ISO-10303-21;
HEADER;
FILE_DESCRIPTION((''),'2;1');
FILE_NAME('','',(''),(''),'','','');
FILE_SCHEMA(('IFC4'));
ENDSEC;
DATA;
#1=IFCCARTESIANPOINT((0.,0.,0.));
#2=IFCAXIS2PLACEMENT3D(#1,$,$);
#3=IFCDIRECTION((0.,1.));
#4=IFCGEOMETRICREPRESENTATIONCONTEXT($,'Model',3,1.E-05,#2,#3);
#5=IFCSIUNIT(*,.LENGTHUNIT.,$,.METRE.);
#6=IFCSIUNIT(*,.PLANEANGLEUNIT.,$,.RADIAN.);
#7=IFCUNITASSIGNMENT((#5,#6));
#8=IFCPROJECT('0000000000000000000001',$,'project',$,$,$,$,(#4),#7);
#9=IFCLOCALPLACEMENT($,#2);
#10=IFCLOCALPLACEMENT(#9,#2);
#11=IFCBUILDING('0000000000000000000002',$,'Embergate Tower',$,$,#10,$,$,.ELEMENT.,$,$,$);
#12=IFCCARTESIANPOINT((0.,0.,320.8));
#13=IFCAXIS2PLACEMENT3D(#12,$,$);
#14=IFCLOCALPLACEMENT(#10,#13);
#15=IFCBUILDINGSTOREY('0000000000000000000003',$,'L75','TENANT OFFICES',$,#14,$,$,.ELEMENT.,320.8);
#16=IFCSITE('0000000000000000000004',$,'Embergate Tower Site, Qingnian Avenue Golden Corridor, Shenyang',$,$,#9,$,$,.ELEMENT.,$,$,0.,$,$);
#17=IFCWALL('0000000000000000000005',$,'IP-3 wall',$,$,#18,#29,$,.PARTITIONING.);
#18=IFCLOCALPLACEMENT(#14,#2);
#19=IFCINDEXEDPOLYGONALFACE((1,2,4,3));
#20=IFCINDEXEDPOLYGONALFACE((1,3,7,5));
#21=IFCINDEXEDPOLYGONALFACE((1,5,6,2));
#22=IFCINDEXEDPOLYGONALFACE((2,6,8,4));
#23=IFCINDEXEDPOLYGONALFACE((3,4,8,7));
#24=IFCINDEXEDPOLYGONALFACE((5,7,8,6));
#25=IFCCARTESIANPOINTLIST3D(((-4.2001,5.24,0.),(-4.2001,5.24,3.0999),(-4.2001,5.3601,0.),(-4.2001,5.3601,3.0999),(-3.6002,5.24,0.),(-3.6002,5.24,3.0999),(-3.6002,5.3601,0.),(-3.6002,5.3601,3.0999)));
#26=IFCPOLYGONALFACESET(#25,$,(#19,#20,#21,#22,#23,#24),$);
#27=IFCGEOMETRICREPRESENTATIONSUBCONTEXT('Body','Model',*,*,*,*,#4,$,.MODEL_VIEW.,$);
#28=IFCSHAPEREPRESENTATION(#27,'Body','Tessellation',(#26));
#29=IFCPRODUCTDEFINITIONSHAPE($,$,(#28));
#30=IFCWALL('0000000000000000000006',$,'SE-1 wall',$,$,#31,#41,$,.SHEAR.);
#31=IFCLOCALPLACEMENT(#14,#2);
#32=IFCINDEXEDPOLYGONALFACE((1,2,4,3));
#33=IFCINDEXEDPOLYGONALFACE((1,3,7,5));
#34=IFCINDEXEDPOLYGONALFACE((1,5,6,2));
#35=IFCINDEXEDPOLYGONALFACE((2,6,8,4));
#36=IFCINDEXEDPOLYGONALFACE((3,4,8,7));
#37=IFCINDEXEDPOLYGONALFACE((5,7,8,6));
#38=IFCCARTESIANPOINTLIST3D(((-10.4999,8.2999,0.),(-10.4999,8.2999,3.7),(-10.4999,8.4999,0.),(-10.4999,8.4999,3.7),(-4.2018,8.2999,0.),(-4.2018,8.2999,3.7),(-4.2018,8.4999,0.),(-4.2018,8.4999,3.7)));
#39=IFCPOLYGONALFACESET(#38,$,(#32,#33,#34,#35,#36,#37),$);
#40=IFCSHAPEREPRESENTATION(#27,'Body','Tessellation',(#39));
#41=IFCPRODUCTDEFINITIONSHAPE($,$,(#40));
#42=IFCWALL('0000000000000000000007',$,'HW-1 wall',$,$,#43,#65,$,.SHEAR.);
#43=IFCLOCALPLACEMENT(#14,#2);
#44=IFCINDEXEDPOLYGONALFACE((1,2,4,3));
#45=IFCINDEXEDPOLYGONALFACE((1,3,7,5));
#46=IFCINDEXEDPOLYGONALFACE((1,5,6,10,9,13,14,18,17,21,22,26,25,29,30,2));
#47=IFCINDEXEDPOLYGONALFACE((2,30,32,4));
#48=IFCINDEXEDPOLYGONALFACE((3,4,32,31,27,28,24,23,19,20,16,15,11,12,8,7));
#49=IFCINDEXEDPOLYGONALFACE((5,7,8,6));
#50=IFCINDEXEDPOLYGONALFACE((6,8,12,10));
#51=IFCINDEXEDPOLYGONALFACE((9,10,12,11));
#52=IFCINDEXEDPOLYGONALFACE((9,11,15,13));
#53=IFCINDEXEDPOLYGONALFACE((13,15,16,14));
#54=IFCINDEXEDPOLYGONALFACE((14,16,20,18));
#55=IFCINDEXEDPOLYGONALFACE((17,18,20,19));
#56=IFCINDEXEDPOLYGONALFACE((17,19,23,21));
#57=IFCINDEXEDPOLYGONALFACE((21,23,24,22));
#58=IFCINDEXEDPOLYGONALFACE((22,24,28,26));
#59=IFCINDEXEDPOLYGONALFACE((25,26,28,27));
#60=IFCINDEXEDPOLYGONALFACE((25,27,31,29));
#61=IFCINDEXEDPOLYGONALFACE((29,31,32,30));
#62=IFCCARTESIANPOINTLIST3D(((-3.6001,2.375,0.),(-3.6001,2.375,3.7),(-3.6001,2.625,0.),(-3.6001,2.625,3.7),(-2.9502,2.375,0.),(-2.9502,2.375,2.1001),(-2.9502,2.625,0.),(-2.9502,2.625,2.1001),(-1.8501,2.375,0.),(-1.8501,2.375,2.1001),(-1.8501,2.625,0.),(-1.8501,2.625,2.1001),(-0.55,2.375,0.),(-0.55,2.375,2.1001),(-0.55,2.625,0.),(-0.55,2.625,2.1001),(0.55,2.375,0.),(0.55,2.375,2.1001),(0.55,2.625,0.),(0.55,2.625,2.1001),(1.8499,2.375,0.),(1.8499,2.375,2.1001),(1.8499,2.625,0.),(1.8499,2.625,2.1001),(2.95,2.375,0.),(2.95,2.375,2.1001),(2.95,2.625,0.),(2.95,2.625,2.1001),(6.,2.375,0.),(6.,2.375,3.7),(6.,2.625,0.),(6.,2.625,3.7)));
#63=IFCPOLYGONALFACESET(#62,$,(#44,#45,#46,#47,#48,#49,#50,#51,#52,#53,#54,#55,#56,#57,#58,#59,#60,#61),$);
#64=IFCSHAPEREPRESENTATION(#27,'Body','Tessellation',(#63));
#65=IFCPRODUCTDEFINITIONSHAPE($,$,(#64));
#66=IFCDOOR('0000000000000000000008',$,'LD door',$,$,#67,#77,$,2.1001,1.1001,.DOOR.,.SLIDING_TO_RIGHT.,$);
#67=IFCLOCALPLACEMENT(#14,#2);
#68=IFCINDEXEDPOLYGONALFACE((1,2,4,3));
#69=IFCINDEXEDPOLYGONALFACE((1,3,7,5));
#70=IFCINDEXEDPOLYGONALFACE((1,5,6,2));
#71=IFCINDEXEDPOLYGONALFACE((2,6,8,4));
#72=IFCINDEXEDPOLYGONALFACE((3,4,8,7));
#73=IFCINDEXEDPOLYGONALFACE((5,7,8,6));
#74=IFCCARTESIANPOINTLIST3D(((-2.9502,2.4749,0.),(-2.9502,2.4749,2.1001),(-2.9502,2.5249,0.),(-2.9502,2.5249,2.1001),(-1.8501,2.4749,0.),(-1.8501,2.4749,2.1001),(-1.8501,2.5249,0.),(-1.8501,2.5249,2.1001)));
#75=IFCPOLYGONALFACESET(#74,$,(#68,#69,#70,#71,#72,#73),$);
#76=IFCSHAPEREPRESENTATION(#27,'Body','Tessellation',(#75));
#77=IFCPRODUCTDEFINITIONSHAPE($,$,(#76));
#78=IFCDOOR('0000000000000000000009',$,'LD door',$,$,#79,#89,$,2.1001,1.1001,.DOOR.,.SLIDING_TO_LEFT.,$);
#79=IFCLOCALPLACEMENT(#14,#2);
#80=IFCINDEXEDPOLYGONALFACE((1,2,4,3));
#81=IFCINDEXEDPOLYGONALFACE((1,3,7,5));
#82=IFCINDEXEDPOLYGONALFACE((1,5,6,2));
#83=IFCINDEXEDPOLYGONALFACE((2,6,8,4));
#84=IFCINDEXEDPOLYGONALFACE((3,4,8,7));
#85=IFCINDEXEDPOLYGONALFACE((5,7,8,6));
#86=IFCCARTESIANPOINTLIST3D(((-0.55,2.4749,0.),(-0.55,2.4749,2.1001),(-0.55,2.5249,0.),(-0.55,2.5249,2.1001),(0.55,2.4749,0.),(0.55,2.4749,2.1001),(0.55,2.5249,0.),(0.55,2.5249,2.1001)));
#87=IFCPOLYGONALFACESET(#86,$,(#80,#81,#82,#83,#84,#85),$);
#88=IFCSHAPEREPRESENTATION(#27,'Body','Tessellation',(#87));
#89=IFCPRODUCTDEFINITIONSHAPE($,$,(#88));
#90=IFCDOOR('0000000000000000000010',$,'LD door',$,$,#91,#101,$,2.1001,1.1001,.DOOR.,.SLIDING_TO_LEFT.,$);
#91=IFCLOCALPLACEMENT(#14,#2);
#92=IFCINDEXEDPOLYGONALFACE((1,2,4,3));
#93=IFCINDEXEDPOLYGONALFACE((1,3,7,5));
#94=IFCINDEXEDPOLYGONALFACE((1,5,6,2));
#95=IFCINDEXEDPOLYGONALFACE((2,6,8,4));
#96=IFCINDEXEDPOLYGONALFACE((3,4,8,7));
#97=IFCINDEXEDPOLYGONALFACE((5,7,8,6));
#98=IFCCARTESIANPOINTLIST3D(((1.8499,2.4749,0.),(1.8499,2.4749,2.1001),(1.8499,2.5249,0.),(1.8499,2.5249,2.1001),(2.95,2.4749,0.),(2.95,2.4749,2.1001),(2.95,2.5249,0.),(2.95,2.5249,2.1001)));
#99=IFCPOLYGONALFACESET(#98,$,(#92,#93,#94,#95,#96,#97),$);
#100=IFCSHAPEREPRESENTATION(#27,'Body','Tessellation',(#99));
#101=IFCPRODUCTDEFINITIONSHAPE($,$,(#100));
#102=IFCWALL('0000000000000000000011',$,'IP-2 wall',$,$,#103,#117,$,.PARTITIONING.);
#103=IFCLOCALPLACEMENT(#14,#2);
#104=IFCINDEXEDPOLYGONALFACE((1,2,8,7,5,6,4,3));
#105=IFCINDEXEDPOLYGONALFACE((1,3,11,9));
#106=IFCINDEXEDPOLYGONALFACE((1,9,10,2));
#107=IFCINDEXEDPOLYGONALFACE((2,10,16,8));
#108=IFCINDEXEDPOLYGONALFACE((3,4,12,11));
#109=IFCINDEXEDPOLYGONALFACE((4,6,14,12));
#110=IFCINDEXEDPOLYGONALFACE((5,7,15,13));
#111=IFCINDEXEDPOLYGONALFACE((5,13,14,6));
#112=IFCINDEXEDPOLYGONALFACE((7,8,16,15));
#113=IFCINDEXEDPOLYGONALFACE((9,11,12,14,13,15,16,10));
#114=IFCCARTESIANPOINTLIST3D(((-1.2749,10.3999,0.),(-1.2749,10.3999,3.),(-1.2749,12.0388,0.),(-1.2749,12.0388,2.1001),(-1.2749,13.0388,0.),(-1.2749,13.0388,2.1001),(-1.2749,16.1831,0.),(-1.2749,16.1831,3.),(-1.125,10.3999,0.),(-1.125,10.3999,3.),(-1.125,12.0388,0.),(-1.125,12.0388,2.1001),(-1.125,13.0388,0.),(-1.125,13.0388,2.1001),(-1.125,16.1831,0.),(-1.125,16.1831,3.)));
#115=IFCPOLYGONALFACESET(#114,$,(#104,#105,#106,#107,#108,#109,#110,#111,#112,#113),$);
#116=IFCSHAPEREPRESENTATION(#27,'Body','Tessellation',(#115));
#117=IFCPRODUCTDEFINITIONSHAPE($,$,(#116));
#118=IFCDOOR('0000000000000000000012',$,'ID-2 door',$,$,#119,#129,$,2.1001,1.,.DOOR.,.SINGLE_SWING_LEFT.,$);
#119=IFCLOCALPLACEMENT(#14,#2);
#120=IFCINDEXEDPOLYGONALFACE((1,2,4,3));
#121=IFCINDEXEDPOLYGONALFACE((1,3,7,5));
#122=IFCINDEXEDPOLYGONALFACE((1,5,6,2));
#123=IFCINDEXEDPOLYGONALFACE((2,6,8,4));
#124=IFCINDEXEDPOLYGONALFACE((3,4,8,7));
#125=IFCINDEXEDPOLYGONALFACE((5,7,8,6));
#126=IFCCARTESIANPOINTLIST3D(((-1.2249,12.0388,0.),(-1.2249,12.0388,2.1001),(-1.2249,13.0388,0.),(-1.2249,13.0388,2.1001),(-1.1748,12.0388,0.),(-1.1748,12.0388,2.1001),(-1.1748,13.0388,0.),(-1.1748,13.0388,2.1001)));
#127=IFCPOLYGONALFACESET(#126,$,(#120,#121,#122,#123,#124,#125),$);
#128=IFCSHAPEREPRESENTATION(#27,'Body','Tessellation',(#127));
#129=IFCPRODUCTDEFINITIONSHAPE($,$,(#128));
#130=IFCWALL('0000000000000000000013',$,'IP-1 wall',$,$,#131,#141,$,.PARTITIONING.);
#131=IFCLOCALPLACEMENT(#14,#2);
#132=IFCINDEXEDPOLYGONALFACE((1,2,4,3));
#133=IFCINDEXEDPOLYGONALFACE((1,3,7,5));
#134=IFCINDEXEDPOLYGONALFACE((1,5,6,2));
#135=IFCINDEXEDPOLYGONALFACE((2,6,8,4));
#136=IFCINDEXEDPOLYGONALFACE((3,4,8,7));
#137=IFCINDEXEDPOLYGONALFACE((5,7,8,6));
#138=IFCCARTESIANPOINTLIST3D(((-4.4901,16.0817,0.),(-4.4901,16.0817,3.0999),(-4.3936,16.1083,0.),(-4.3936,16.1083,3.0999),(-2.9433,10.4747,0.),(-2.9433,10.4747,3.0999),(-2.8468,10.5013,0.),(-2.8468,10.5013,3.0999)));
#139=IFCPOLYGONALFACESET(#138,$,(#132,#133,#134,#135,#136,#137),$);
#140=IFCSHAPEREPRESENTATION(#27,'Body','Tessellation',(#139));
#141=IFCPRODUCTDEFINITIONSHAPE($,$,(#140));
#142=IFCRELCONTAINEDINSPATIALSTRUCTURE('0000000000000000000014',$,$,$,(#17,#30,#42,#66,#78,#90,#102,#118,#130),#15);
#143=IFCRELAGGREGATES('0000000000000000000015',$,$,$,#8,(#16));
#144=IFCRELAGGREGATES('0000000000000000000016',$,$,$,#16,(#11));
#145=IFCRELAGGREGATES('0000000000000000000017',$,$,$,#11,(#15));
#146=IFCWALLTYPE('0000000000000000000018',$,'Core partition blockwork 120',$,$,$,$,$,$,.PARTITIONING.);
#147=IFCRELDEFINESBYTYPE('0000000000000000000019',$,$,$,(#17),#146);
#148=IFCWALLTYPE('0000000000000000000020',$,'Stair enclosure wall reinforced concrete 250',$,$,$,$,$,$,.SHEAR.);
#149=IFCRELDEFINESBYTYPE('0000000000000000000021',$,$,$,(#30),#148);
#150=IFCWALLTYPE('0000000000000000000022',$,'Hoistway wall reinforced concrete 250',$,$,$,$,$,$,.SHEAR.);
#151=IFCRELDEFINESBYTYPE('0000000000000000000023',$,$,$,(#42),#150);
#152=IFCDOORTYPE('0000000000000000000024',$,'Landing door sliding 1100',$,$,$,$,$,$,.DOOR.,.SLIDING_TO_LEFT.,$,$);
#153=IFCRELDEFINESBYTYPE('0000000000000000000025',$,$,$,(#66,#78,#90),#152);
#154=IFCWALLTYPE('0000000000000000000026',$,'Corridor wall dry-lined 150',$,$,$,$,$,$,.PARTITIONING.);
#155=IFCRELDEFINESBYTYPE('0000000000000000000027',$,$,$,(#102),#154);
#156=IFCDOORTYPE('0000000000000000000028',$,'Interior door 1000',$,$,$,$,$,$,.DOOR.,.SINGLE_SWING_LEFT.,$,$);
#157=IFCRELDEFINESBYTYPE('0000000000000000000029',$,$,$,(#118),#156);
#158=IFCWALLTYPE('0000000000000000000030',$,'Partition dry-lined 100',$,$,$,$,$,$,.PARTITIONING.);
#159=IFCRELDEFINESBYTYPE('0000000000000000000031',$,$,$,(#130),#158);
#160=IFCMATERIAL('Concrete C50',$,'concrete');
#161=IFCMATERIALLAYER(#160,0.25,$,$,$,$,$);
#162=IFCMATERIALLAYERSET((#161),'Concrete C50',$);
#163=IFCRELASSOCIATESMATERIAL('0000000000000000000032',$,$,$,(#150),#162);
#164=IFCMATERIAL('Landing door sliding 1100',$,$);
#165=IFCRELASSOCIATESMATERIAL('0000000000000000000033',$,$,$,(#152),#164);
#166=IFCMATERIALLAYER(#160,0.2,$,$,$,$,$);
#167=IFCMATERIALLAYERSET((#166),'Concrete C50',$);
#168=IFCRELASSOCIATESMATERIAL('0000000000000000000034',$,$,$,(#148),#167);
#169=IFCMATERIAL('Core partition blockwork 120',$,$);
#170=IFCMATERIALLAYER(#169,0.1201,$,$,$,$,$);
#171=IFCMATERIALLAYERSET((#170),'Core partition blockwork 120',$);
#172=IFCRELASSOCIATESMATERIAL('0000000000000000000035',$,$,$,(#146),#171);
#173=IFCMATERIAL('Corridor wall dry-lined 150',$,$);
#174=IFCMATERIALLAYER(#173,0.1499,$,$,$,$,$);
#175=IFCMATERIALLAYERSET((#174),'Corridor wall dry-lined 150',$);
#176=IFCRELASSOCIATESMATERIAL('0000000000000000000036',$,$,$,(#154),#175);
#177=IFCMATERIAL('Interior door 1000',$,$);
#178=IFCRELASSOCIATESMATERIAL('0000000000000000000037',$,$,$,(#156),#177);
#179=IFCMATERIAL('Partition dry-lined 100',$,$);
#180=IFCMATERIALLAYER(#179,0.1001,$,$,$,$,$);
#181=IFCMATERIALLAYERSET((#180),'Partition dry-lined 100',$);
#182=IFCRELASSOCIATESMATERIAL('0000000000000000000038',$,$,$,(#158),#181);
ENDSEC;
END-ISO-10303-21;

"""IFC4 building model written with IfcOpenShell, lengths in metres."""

from ifc_helpers import new_model, si_unit, direction, frame, frame_2d, origin, place, context, subcontext, project, spatial, rectangle, extrude, source, transform, mapped, material, layer, layer_set, type_object, element, fill, save


model = new_model("IFC4")

# Units and contexts
model_context = context("Model", 3, precision=1e-05, world=origin(), true_north=direction((0.0, 1.0)))
body_context = subcontext(model_context, "Body", "Model", "MODEL_VIEW")
ifc_project = project(units=[si_unit("LENGTHUNIT", "METRE"), si_unit("PLANEANGLEUNIT", "RADIAN")], contexts=[model_context])

# Site, building, storey
site_placement = place(None, origin())
site = spatial("IfcSite", under=ifc_project, at=site_placement, Name="Embergate Tower Site, Qingnian Avenue Golden Corridor, Shenyang", CompositionType="ELEMENT", RefElevation=0.0)
building_placement = place(site_placement, origin())
building = spatial("IfcBuilding", under=site, at=building_placement, Name="Embergate Tower", CompositionType="ELEMENT")
storey_placement = place(building_placement, frame((0.0, 0.0, 320.8)))
storey = spatial("IfcBuildingStorey", under=building, at=storey_placement, Name="L75", Description="TENANT OFFICES", CompositionType="ELEMENT", Elevation=320.8)

# Shared definitions
ifc_material_1 = material(Name="Concrete C50", Category="concrete")
ifc_layer_1 = layer(ifc_material_1, 0.25)
ifc_layer_set_1 = layer_set([ifc_layer_1], Name="Concrete C50")
wall_type_1 = type_object("IfcWallType", Name="Hoistway wall reinforced concrete 250", PredefinedType="SHEAR", material=ifc_layer_set_1)

# Shared definitions
shared_shape_1 = source(origin(), body_context, "Body", "SweptSolid", [
    extrude(rectangle(XDim=1.1001, YDim=2.1001, at=frame_2d((0.55, 1.05))), frame((0.0, 0.135, 0.0), z_axis=(0.0, -1.0, 0.0), x_axis=(1.0, 0.0, 0.0)), (0.0, 0.0, 1.0), 0.27),
])
ifc_material_2 = material(Name="Landing door sliding 1100")
door_type_1 = type_object("IfcDoorType", Name="Landing door sliding 1100", OperationType="SLIDING_TO_LEFT", PredefinedType="DOOR", material=ifc_material_2)
shared_shape_2 = source(origin(), body_context, "Body", "SweptSolid", [
    extrude(rectangle(XDim=1.1001, YDim=2.1001, at=frame_2d((0.55, 1.05))), frame((0.0, 0.0249, 0.0), z_axis=(0.0, -1.0, 0.0), x_axis=(1.0, 0.0, 0.0)), (0.0, 0.0, 1.0), 0.05),
])

# Shared definitions
ifc_layer_2 = layer(ifc_material_1, 0.2)
ifc_layer_set_2 = layer_set([ifc_layer_2], Name="Concrete C50")
wall_type_2 = type_object("IfcWallType", Name="Stair enclosure wall reinforced concrete 250", PredefinedType="SHEAR", material=ifc_layer_set_2)

# Shared definitions
ifc_material_3 = material(Name="Core partition blockwork 120")
ifc_layer_3 = layer(ifc_material_3, 0.1201)
ifc_layer_set_3 = layer_set([ifc_layer_3], Name="Core partition blockwork 120")
wall_type_3 = type_object("IfcWallType", Name="Core partition blockwork 120", PredefinedType="PARTITIONING", material=ifc_layer_set_3)

# Walls
shared_shape_3 = source(origin(), body_context, "Body", "SweptSolid", [
    extrude(rectangle(XDim=0.5999, YDim=0.1201, at=frame_2d((0.2998, 0.0))), origin(), (0.0, 0.0, 1.0), 3.0999),
])
wall_1_placement = place(storey_placement, frame((-4.2, 5.3, 0.0), z_axis=(0.0, 0.0, 1.0), x_axis=(1.0, 0.0, 0.0)))
element("IfcWall", 1, at=wall_1_placement, inside=storey, type_object=wall_type_3, Name="IP-3 wall", PredefinedType="PARTITIONING", context=body_context, shape_type="MappedRepresentation", body=[
    mapped(shared_shape_3, transform((0.0, 0.0, 0.0))),
])
shared_shape_4 = source(origin(), body_context, "Body", "SweptSolid", [
    extrude(rectangle(XDim=6.2981, YDim=0.2, at=frame_2d((3.1489, 0.0))), origin(), (0.0, 0.0, 1.0), 3.7),
])
wall_2_placement = place(storey_placement, frame((-4.2019, 8.3999, 0.0), z_axis=(0.0, 0.0, 1.0), x_axis=(-1.0, 0.0, 0.0)))
element("IfcWall", 2, at=wall_2_placement, inside=storey, type_object=wall_type_2, Name="SE-1 wall", PredefinedType="SHEAR", context=body_context, shape_type="MappedRepresentation", body=[
    mapped(shared_shape_4, transform((0.0, 0.0, 0.0))),
])

# Wall, openings, doors
shared_shape_5 = source(origin(), body_context, "Body", "SweptSolid", [
    extrude(rectangle(XDim=9.6001, YDim=0.25, at=frame_2d((4.8, 0.0))), origin(), (0.0, 0.0, 1.0), 3.7),
])
wall_3_placement = place(storey_placement, frame((-3.6001, 2.5, 0.0), z_axis=(0.0, 0.0, 1.0), x_axis=(1.0, 0.0, 0.0)))
wall_3 = element("IfcWall", 3, at=wall_3_placement, inside=storey, type_object=wall_type_1, Name="HW-1 wall", PredefinedType="SHEAR", context=body_context, shape_type="MappedRepresentation", body=[
    mapped(shared_shape_5, transform((0.0, 0.0, 0.0))),
])
opening_1_placement = place(wall_3_placement, frame((0.6499, 0.0, 0.0)))
opening_1 = element("IfcOpeningElement", 4, at=opening_1_placement, cuts=wall_3, PredefinedType="OPENING", context=body_context, shape_type="MappedRepresentation", body=[
    mapped(shared_shape_1, transform((0.0, 0.0, 0.0))),
])
opening_2_placement = place(wall_3_placement, frame((3.05, 0.0, 0.0)))
opening_2 = element("IfcOpeningElement", 5, at=opening_2_placement, cuts=wall_3, PredefinedType="OPENING", context=body_context, shape_type="MappedRepresentation", body=[
    mapped(shared_shape_1, transform((0.0, 0.0, 0.0))),
])
opening_3_placement = place(wall_3_placement, frame((5.45, 0.0, 0.0)))
opening_3 = element("IfcOpeningElement", 6, at=opening_3_placement, cuts=wall_3, PredefinedType="OPENING", context=body_context, shape_type="MappedRepresentation", body=[
    mapped(shared_shape_1, transform((0.0, 0.0, 0.0))),
])
door_1_placement = place(opening_1_placement, origin())
door_1 = element("IfcDoor", 7, at=door_1_placement, inside=storey, type_object=door_type_1, Name="LD door", OperationType="SLIDING_TO_RIGHT", OverallHeight=2.1001, OverallWidth=1.1001, PredefinedType="DOOR", context=body_context, shape_type="MappedRepresentation", body=[
    mapped(shared_shape_2, transform((0.0, 0.0, 0.0))),
])
fill(opening_1, door_1)
door_2_placement = place(opening_2_placement, origin())
door_2 = element("IfcDoor", 8, at=door_2_placement, inside=storey, type_object=door_type_1, Name="LD door", OperationType="SLIDING_TO_LEFT", OverallHeight=2.1001, OverallWidth=1.1001, PredefinedType="DOOR", context=body_context, shape_type="MappedRepresentation", body=[
    mapped(shared_shape_2, transform((0.0, 0.0, 0.0))),
])
fill(opening_2, door_2)
door_3_placement = place(opening_3_placement, origin())
door_3 = element("IfcDoor", 9, at=door_3_placement, inside=storey, type_object=door_type_1, Name="LD door", OperationType="SLIDING_TO_LEFT", OverallHeight=2.1001, OverallWidth=1.1001, PredefinedType="DOOR", context=body_context, shape_type="MappedRepresentation", body=[
    mapped(shared_shape_2, transform((0.0, 0.0, 0.0))),
])
fill(opening_3, door_3)

# Wall, opening, door
ifc_material_4 = material(Name="Corridor wall dry-lined 150")
ifc_layer_4 = layer(ifc_material_4, 0.1499)
ifc_layer_set_4 = layer_set([ifc_layer_4], Name="Corridor wall dry-lined 150")
wall_type_4 = type_object("IfcWallType", Name="Corridor wall dry-lined 150", PredefinedType="PARTITIONING", material=ifc_layer_set_4)
shared_shape_6 = source(origin(), body_context, "Body", "SweptSolid", [
    extrude(rectangle(XDim=5.7832, YDim=0.1499, at=frame_2d((2.8916, 0.0))), origin(), (0.0, 0.0, 1.0), 3.0),
])
wall_4_placement = place(storey_placement, frame((-1.2, 10.3999, 0.0), z_axis=(0.0, 0.0, 1.0), x_axis=(0.0, 1.0, 0.0)))
wall_4 = element("IfcWall", 10, at=wall_4_placement, inside=storey, type_object=wall_type_4, Name="IP-2 wall", PredefinedType="PARTITIONING", context=body_context, shape_type="MappedRepresentation", body=[
    mapped(shared_shape_6, transform((0.0, 0.0, 0.0))),
])
shared_shape_7 = source(origin(), body_context, "Body", "SweptSolid", [
    extrude(rectangle(XDim=1.0, YDim=2.1001, at=frame_2d((0.5, 1.05))), frame((0.0, 0.085, 0.0), z_axis=(0.0, -1.0, 0.0), x_axis=(1.0, 0.0, 0.0)), (0.0, 0.0, 1.0), 0.1699),
])
opening_4_placement = place(wall_4_placement, frame((1.6389, 0.0, 0.0)))
opening_4 = element("IfcOpeningElement", 11, at=opening_4_placement, cuts=wall_4, PredefinedType="OPENING", context=body_context, shape_type="MappedRepresentation", body=[
    mapped(shared_shape_7, transform((0.0, 0.0, 0.0))),
])
ifc_material_5 = material(Name="Interior door 1000")
door_type_2 = type_object("IfcDoorType", Name="Interior door 1000", OperationType="SINGLE_SWING_LEFT", PredefinedType="DOOR", material=ifc_material_5)
shared_shape_8 = source(origin(), body_context, "Body", "SweptSolid", [
    extrude(rectangle(XDim=1.0, YDim=2.1001, at=frame_2d((0.5, 1.05))), frame((0.0, 0.0249, 0.0), z_axis=(0.0, -1.0, 0.0), x_axis=(1.0, 0.0, 0.0)), (0.0, 0.0, 1.0), 0.05),
])
door_4_placement = place(opening_4_placement, origin())
door_4 = element("IfcDoor", 12, at=door_4_placement, inside=storey, type_object=door_type_2, Name="ID-2 door", OperationType="SINGLE_SWING_LEFT", OverallHeight=2.1001, OverallWidth=1.0, PredefinedType="DOOR", context=body_context, shape_type="MappedRepresentation", body=[
    mapped(shared_shape_8, transform((0.0, 0.0, 0.0))),
])
fill(opening_4, door_4)

# Wall
ifc_material_6 = material(Name="Partition dry-lined 100")
ifc_layer_5 = layer(ifc_material_6, 0.1001)
ifc_layer_set_5 = layer_set([ifc_layer_5], Name="Partition dry-lined 100")
wall_type_5 = type_object("IfcWallType", Name="Partition dry-lined 100", PredefinedType="PARTITIONING", material=ifc_layer_set_5)
shared_shape_9 = source(origin(), body_context, "Body", "SweptSolid", [
    extrude(rectangle(XDim=5.8164, YDim=0.1001, at=frame_2d((2.9082, 0.0))), origin(), (0.0, 0.0, 1.0), 3.0999),
])
wall_5_placement = place(storey_placement, frame((-2.895, 10.488, 0.0), z_axis=(0.0, 0.0, 1.0), x_axis=(-0.265951, 0.963987, 0.0)))
element("IfcWall", 13, at=wall_5_placement, inside=storey, type_object=wall_type_5, Name="IP-1 wall", PredefinedType="PARTITIONING", context=body_context, shape_type="MappedRepresentation", body=[
    mapped(shared_shape_9, transform((0.0, 0.0, 0.0))),
])

save(model, "model.ifc")
